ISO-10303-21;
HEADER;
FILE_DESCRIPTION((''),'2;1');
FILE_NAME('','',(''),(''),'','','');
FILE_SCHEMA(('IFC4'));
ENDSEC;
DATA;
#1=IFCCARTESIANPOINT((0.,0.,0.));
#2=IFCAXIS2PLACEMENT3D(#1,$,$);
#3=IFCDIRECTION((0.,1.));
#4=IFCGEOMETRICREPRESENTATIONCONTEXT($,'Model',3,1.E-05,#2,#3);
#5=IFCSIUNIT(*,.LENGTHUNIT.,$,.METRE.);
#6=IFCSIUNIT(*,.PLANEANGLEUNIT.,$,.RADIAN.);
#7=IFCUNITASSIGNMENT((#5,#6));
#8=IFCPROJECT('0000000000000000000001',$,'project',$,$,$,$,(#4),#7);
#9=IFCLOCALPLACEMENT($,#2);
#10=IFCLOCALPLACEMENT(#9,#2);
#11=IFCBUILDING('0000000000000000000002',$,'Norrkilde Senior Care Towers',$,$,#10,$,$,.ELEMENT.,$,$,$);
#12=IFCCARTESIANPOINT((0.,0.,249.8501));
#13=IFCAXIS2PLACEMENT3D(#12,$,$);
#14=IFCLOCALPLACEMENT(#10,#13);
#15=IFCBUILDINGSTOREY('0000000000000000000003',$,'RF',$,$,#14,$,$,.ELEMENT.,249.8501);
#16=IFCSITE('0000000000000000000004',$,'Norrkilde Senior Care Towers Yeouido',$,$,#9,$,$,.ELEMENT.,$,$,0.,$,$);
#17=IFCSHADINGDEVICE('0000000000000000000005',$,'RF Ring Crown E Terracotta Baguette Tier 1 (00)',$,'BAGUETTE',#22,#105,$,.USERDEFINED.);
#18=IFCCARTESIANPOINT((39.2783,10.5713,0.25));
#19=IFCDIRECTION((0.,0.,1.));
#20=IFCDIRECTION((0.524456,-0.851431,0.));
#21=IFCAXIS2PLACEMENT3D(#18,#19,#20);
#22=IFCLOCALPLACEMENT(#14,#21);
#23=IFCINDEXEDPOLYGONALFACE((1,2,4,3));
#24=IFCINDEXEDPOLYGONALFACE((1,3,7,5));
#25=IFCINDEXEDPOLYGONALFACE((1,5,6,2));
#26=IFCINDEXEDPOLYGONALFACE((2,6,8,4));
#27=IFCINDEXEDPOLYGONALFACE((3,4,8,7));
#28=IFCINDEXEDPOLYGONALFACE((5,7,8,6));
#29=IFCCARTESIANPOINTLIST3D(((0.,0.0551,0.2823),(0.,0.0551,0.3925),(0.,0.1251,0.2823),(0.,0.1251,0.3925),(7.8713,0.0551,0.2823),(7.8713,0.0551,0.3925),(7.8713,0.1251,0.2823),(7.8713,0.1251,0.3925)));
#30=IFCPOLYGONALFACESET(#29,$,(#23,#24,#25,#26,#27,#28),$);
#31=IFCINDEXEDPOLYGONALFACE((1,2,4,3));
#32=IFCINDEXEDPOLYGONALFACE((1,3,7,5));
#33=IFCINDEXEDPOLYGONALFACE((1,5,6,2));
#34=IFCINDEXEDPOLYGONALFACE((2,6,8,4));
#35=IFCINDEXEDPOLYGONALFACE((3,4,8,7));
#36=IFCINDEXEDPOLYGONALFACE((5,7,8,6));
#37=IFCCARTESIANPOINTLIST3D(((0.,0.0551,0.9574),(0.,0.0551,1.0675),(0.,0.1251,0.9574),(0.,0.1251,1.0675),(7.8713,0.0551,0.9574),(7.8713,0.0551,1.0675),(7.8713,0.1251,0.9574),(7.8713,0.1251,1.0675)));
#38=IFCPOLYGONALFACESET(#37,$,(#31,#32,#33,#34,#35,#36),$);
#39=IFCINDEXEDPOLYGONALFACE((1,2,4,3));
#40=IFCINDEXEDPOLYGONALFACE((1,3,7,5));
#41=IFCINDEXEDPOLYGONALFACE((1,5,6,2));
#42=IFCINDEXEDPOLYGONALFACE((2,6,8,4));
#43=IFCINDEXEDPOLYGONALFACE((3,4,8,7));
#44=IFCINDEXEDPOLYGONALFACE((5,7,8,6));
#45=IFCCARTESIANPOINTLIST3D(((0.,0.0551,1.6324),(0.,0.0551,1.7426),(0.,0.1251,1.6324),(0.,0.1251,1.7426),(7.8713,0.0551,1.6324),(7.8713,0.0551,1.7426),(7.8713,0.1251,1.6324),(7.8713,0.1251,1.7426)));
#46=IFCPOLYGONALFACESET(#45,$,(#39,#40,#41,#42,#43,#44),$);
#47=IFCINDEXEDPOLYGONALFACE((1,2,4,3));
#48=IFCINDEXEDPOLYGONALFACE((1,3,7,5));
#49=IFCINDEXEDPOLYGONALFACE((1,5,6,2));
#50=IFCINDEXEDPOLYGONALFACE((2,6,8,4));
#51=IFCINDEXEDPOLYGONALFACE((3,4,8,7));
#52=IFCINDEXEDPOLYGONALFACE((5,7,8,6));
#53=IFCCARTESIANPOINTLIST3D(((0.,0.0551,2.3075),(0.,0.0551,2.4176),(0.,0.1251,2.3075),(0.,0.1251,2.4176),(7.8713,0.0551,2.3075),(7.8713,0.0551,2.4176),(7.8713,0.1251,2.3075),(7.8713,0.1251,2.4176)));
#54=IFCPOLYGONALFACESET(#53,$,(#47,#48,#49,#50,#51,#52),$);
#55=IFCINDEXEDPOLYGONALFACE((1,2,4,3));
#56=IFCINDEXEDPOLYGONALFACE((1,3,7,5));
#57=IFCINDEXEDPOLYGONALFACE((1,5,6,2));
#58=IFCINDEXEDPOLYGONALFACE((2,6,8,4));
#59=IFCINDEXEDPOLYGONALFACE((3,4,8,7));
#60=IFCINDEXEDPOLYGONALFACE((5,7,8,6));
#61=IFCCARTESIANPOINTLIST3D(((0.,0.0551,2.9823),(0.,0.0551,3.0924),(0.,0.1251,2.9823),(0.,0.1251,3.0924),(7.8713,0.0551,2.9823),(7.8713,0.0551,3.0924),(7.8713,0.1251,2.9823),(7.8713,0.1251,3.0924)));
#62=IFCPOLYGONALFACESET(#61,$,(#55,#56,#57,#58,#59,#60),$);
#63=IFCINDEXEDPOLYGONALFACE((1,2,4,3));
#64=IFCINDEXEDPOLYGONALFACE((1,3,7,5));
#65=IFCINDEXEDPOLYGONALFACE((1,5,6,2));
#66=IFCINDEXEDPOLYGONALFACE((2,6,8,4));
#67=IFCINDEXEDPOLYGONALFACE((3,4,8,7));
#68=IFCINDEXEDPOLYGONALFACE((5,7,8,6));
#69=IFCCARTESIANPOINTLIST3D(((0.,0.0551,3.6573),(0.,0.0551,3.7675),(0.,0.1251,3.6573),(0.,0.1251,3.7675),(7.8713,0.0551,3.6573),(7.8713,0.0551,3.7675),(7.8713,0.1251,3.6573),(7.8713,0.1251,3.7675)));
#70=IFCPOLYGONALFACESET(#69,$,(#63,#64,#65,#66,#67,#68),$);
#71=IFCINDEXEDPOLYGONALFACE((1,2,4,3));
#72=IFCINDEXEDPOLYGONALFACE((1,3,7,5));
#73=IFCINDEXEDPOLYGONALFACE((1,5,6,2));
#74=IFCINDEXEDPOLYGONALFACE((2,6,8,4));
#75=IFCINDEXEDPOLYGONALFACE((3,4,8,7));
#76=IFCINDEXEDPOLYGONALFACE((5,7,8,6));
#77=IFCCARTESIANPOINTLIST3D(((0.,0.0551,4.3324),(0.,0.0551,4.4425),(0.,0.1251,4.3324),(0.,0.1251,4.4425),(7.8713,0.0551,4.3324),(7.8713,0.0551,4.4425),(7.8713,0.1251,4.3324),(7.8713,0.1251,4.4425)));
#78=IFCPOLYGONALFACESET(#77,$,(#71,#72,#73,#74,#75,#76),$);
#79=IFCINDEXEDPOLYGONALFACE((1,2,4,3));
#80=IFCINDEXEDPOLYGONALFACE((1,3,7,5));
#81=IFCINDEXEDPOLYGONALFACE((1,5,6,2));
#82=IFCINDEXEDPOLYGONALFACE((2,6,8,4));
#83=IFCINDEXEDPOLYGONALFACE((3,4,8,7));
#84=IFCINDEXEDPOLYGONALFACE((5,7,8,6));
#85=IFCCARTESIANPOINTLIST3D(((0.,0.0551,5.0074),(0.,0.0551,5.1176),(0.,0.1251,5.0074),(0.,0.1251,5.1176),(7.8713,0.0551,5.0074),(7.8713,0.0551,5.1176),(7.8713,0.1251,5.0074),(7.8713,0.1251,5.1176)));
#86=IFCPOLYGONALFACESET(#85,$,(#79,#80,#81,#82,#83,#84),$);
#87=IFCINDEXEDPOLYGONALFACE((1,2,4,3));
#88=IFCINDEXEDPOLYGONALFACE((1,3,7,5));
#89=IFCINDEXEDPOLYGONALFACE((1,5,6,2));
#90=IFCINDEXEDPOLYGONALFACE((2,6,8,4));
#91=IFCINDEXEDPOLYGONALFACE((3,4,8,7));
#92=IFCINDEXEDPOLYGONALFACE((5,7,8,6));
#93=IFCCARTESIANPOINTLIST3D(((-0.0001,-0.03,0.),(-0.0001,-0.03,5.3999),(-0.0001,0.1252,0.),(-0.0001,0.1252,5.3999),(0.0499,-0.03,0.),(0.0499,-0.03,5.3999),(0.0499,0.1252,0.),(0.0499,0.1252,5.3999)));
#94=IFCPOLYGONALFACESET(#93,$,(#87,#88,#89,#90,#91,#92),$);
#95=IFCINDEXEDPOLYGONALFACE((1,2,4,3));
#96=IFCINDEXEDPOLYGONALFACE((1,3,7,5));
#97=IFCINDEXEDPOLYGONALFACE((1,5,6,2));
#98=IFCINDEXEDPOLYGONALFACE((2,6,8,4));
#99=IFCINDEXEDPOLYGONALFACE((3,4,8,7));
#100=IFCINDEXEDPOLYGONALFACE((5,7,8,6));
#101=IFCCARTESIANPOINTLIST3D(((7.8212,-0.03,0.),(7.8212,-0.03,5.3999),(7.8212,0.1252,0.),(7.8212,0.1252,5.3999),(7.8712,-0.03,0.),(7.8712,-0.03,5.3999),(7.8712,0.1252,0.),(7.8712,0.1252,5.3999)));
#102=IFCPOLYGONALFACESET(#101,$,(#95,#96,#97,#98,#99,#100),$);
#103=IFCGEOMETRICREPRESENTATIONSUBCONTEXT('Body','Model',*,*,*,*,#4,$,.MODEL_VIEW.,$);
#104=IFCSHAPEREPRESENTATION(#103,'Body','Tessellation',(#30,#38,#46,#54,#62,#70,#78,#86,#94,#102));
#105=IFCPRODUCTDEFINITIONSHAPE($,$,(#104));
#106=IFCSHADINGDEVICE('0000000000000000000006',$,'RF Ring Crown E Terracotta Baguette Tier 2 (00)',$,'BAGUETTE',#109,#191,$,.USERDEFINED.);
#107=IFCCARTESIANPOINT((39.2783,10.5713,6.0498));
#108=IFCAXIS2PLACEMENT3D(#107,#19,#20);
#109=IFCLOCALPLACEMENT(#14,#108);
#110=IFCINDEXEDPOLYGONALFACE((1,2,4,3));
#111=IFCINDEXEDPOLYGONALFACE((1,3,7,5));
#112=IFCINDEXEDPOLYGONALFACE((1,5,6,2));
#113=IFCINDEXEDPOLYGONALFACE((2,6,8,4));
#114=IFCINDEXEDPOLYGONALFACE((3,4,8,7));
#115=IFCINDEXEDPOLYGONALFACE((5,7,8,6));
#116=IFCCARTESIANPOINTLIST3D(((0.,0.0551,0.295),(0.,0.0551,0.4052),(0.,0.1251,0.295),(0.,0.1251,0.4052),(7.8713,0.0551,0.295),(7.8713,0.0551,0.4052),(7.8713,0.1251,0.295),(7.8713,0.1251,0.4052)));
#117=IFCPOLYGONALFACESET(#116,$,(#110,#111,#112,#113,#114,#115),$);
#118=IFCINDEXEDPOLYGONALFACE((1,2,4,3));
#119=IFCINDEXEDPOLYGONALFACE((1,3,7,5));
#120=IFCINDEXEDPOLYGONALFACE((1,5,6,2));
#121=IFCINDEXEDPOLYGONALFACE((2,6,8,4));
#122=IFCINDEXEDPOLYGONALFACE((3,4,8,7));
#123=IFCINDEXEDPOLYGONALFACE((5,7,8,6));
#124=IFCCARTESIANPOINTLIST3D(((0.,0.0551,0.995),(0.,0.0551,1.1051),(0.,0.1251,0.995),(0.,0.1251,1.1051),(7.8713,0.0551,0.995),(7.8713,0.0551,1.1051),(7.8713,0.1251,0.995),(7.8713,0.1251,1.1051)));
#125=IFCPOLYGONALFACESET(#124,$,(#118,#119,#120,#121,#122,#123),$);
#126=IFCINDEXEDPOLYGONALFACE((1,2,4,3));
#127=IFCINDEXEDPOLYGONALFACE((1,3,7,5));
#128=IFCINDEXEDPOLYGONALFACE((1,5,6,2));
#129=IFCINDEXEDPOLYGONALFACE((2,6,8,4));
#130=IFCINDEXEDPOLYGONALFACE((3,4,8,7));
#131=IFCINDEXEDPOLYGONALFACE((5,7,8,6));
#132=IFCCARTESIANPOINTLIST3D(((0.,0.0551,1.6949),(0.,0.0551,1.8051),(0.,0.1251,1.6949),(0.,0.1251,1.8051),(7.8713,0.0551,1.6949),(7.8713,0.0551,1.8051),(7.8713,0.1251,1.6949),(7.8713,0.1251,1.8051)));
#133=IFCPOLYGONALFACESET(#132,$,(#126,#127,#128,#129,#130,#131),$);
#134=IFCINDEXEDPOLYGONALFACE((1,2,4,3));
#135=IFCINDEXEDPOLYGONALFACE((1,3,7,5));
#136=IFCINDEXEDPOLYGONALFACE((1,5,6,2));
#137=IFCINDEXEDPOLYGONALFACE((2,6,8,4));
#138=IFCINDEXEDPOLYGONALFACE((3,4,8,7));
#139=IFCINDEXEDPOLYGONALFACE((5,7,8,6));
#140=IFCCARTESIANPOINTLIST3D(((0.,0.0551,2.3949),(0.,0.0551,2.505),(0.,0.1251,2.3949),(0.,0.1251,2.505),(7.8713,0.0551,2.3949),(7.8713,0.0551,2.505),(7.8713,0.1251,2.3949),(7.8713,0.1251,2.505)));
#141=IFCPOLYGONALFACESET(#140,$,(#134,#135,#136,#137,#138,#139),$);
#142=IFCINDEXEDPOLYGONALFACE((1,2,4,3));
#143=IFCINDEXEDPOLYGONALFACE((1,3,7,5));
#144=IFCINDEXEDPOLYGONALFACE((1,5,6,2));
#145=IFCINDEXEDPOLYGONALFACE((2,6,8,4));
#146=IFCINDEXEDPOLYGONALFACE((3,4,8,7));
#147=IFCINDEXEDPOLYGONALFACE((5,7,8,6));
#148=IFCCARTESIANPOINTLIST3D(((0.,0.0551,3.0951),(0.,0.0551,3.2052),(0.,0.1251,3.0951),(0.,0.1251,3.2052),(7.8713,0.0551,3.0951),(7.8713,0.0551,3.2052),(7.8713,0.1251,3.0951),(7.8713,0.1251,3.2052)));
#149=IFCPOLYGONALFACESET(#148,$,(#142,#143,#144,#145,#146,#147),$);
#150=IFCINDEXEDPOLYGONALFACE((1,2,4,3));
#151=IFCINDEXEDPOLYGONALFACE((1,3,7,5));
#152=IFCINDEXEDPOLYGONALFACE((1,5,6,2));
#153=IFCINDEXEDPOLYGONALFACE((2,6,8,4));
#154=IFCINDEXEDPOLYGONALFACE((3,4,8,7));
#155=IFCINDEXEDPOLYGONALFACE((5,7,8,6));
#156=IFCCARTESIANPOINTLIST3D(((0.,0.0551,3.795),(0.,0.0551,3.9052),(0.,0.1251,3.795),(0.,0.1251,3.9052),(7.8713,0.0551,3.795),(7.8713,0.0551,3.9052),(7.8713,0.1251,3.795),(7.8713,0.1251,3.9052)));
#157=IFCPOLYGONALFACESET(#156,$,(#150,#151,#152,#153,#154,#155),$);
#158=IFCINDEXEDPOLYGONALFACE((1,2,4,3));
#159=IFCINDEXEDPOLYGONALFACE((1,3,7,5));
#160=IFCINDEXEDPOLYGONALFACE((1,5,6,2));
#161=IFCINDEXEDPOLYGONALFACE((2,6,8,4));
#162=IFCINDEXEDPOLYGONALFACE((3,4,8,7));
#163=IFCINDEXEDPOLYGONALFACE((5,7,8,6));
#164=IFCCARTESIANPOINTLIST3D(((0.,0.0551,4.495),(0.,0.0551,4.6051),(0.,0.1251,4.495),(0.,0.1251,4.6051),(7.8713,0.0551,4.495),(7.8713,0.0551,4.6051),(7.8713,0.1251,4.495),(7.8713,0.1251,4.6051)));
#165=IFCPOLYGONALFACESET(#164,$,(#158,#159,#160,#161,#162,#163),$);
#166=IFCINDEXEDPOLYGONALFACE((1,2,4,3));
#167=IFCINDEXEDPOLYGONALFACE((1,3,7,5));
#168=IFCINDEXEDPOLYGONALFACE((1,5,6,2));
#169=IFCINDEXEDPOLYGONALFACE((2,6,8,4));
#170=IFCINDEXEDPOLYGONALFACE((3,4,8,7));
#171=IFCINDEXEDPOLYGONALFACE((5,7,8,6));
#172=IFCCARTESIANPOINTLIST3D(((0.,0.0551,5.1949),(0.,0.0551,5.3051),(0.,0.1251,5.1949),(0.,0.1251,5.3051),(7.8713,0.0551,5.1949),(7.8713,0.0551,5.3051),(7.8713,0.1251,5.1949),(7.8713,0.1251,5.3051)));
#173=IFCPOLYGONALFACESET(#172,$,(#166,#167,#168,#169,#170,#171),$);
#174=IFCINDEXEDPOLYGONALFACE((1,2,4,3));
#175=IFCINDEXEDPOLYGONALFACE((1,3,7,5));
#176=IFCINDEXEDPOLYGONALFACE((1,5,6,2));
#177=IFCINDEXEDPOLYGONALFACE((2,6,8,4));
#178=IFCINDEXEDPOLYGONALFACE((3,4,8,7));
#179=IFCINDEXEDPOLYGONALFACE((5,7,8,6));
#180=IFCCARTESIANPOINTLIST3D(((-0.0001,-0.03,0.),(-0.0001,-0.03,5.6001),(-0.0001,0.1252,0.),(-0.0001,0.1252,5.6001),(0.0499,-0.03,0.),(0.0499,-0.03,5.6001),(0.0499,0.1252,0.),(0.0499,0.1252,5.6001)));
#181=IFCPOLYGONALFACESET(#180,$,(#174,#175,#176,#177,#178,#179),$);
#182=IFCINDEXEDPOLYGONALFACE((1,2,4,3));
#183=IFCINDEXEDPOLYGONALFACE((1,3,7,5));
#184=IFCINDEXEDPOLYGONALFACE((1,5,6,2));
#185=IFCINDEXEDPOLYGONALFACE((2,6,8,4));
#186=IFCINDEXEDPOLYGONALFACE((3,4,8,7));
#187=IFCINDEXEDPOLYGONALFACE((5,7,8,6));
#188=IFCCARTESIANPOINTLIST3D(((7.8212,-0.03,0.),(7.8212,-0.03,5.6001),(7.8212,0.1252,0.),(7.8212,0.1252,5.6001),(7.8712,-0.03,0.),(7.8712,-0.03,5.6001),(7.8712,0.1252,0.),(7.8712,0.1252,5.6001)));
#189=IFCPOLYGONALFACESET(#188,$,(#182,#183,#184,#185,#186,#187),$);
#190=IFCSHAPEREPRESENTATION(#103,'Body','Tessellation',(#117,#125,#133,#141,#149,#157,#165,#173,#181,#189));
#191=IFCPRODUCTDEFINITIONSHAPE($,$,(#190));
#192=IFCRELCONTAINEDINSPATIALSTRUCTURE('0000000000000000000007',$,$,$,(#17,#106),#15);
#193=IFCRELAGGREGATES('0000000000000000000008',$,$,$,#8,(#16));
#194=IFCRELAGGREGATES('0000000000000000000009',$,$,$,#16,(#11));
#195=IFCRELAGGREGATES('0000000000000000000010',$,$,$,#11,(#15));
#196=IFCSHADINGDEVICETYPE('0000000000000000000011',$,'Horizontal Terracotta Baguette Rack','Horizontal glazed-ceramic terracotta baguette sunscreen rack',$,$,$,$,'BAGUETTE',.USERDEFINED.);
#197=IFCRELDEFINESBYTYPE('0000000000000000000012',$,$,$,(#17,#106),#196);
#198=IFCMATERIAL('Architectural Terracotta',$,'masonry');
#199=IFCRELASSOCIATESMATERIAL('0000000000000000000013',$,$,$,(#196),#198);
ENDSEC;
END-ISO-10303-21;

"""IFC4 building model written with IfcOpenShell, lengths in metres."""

from ifc_helpers import new_model, si_unit, direction, frame, origin, origin_2d, place, context, subcontext, project, spatial, rectangle, extrude, source, transform, mapped, material, type_object, element, save


model = new_model("IFC4")

# Units and contexts
model_context = context("Model", 3, precision=1e-05, world=origin(), true_north=direction((0.0, 1.0)))
body_context = subcontext(model_context, "Body", "Model", "MODEL_VIEW")
ifc_project = project(units=[si_unit("LENGTHUNIT", "METRE"), si_unit("PLANEANGLEUNIT", "RADIAN")], contexts=[model_context])

# Site, building, storey
site_placement = place(None, origin())
site = spatial("IfcSite", under=ifc_project, at=site_placement, Name="Norrkilde Senior Care Towers Yeouido", CompositionType="ELEMENT", RefElevation=0.0)
building_placement = place(site_placement, origin())
building = spatial("IfcBuilding", under=site, at=building_placement, Name="Norrkilde Senior Care Towers", CompositionType="ELEMENT")
storey_placement = place(building_placement, frame((0.0, 0.0, 249.8501)))
storey = spatial("IfcBuildingStorey", under=building, at=storey_placement, Name="RF", CompositionType="ELEMENT", Elevation=249.8501)

# Shared definitions
ifc_material_1 = material(Name="Architectural Terracotta", Category="masonry")

# Shading devices
shading_device_type = type_object("IfcShadingDeviceType", Name="Horizontal Terracotta Baguette Rack", Description="Horizontal glazed-ceramic terracotta baguette sunscreen rack", ElementType="BAGUETTE", PredefinedType="USERDEFINED", material=ifc_material_1)
shared_shape_1 = source(origin(), body_context, "Body", "SweptSolid", [
    extrude(rectangle(XDim=0.0701, YDim=0.1101, at=origin_2d()), frame((0.0, 0.0901, 0.3374), z_axis=(1.0, 0.0, 0.0), x_axis=(0.0, 1.0, 0.0)), (0.0, 0.0, 1.0), 7.8713),
    extrude(rectangle(XDim=0.0701, YDim=0.1101, at=origin_2d()), frame((0.0, 0.0901, 1.0125), z_axis=(1.0, 0.0, 0.0), x_axis=(0.0, 1.0, 0.0)), (0.0, 0.0, 1.0), 7.8713),
    extrude(rectangle(XDim=0.0701, YDim=0.1101, at=origin_2d()), frame((0.0, 0.0901, 1.6875), z_axis=(1.0, 0.0, 0.0), x_axis=(0.0, 1.0, 0.0)), (0.0, 0.0, 1.0), 7.8713),
    extrude(rectangle(XDim=0.0701, YDim=0.1101, at=origin_2d()), frame((0.0, 0.0901, 2.3625), z_axis=(1.0, 0.0, 0.0), x_axis=(0.0, 1.0, 0.0)), (0.0, 0.0, 1.0), 7.8713),
    extrude(rectangle(XDim=0.0701, YDim=0.1101, at=origin_2d()), frame((0.0, 0.0901, 3.0374), z_axis=(1.0, 0.0, 0.0), x_axis=(0.0, 1.0, 0.0)), (0.0, 0.0, 1.0), 7.8713),
    extrude(rectangle(XDim=0.0701, YDim=0.1101, at=origin_2d()), frame((0.0, 0.0901, 3.7124), z_axis=(1.0, 0.0, 0.0), x_axis=(0.0, 1.0, 0.0)), (0.0, 0.0, 1.0), 7.8713),
    extrude(rectangle(XDim=0.0701, YDim=0.1101, at=origin_2d()), frame((0.0, 0.0901, 4.3875), z_axis=(1.0, 0.0, 0.0), x_axis=(0.0, 1.0, 0.0)), (0.0, 0.0, 1.0), 7.8713),
    extrude(rectangle(XDim=0.0701, YDim=0.1101, at=origin_2d()), frame((0.0, 0.0901, 5.0625), z_axis=(1.0, 0.0, 0.0), x_axis=(0.0, 1.0, 0.0)), (0.0, 0.0, 1.0), 7.8713),
    extrude(rectangle(XDim=0.05, YDim=0.1553, at=origin_2d()), frame((0.0249, 0.0476, 0.0)), (0.0, 0.0, 1.0), 5.3999),
    extrude(rectangle(XDim=0.05, YDim=0.1553, at=origin_2d()), frame((7.8462, 0.0476, 0.0)), (0.0, 0.0, 1.0), 5.3999),
])
shading_device_1_placement = place(storey_placement, frame((39.2783, 10.5713, 0.25), z_axis=(0.0, 0.0, 1.0), x_axis=(0.524456, -0.851431, 0.0)))
element("IfcShadingDevice", 1, at=shading_device_1_placement, inside=storey, type_object=shading_device_type, Name="RF Ring Crown E Terracotta Baguette Tier 1 (00)", ObjectType="BAGUETTE", PredefinedType="USERDEFINED", context=body_context, shape_type="MappedRepresentation", body=[
    mapped(shared_shape_1, transform((0.0, 0.0, 0.0), x_axis=(1.0, 0.0, 0.0), y_axis=(0.0, 1.0, 0.0), z_axis=(0.0, 0.0, 1.0), scale=1.0)),
])
shared_shape_2 = source(origin(), body_context, "Body", "SweptSolid", [
    extrude(rectangle(XDim=0.0701, YDim=0.1101, at=origin_2d()), frame((0.0, 0.0901, 0.3501), z_axis=(1.0, 0.0, 0.0), x_axis=(0.0, 1.0, 0.0)), (0.0, 0.0, 1.0), 7.8713),
    extrude(rectangle(XDim=0.0701, YDim=0.1101, at=origin_2d()), frame((0.0, 0.0901, 1.05), z_axis=(1.0, 0.0, 0.0), x_axis=(0.0, 1.0, 0.0)), (0.0, 0.0, 1.0), 7.8713),
    extrude(rectangle(XDim=0.0701, YDim=0.1101, at=origin_2d()), frame((0.0, 0.0901, 1.75), z_axis=(1.0, 0.0, 0.0), x_axis=(0.0, 1.0, 0.0)), (0.0, 0.0, 1.0), 7.8713),
    extrude(rectangle(XDim=0.0701, YDim=0.1101, at=origin_2d()), frame((0.0, 0.0901, 2.45), z_axis=(1.0, 0.0, 0.0), x_axis=(0.0, 1.0, 0.0)), (0.0, 0.0, 1.0), 7.8713),
    extrude(rectangle(XDim=0.0701, YDim=0.1101, at=origin_2d()), frame((0.0, 0.0901, 3.1501), z_axis=(1.0, 0.0, 0.0), x_axis=(0.0, 1.0, 0.0)), (0.0, 0.0, 1.0), 7.8713),
    extrude(rectangle(XDim=0.0701, YDim=0.1101, at=origin_2d()), frame((0.0, 0.0901, 3.8501), z_axis=(1.0, 0.0, 0.0), x_axis=(0.0, 1.0, 0.0)), (0.0, 0.0, 1.0), 7.8713),
    extrude(rectangle(XDim=0.0701, YDim=0.1101, at=origin_2d()), frame((0.0, 0.0901, 4.55), z_axis=(1.0, 0.0, 0.0), x_axis=(0.0, 1.0, 0.0)), (0.0, 0.0, 1.0), 7.8713),
    extrude(rectangle(XDim=0.0701, YDim=0.1101, at=origin_2d()), frame((0.0, 0.0901, 5.25), z_axis=(1.0, 0.0, 0.0), x_axis=(0.0, 1.0, 0.0)), (0.0, 0.0, 1.0), 7.8713),
    extrude(rectangle(XDim=0.05, YDim=0.1553, at=origin_2d()), frame((0.0249, 0.0476, 0.0)), (0.0, 0.0, 1.0), 5.6001),
    extrude(rectangle(XDim=0.05, YDim=0.1553, at=origin_2d()), frame((7.8462, 0.0476, 0.0)), (0.0, 0.0, 1.0), 5.6001),
])
shading_device_2_placement = place(storey_placement, frame((39.2783, 10.5713, 6.0498), z_axis=(0.0, 0.0, 1.0), x_axis=(0.524456, -0.851431, 0.0)))
element("IfcShadingDevice", 2, at=shading_device_2_placement, inside=storey, type_object=shading_device_type, Name="RF Ring Crown E Terracotta Baguette Tier 2 (00)", ObjectType="BAGUETTE", PredefinedType="USERDEFINED", context=body_context, shape_type="MappedRepresentation", body=[
    mapped(shared_shape_2, transform((0.0, 0.0, 0.0), x_axis=(1.0, 0.0, 0.0), y_axis=(0.0, 1.0, 0.0), z_axis=(0.0, 0.0, 1.0), scale=1.0)),
])

save(model, "model.ifc")
